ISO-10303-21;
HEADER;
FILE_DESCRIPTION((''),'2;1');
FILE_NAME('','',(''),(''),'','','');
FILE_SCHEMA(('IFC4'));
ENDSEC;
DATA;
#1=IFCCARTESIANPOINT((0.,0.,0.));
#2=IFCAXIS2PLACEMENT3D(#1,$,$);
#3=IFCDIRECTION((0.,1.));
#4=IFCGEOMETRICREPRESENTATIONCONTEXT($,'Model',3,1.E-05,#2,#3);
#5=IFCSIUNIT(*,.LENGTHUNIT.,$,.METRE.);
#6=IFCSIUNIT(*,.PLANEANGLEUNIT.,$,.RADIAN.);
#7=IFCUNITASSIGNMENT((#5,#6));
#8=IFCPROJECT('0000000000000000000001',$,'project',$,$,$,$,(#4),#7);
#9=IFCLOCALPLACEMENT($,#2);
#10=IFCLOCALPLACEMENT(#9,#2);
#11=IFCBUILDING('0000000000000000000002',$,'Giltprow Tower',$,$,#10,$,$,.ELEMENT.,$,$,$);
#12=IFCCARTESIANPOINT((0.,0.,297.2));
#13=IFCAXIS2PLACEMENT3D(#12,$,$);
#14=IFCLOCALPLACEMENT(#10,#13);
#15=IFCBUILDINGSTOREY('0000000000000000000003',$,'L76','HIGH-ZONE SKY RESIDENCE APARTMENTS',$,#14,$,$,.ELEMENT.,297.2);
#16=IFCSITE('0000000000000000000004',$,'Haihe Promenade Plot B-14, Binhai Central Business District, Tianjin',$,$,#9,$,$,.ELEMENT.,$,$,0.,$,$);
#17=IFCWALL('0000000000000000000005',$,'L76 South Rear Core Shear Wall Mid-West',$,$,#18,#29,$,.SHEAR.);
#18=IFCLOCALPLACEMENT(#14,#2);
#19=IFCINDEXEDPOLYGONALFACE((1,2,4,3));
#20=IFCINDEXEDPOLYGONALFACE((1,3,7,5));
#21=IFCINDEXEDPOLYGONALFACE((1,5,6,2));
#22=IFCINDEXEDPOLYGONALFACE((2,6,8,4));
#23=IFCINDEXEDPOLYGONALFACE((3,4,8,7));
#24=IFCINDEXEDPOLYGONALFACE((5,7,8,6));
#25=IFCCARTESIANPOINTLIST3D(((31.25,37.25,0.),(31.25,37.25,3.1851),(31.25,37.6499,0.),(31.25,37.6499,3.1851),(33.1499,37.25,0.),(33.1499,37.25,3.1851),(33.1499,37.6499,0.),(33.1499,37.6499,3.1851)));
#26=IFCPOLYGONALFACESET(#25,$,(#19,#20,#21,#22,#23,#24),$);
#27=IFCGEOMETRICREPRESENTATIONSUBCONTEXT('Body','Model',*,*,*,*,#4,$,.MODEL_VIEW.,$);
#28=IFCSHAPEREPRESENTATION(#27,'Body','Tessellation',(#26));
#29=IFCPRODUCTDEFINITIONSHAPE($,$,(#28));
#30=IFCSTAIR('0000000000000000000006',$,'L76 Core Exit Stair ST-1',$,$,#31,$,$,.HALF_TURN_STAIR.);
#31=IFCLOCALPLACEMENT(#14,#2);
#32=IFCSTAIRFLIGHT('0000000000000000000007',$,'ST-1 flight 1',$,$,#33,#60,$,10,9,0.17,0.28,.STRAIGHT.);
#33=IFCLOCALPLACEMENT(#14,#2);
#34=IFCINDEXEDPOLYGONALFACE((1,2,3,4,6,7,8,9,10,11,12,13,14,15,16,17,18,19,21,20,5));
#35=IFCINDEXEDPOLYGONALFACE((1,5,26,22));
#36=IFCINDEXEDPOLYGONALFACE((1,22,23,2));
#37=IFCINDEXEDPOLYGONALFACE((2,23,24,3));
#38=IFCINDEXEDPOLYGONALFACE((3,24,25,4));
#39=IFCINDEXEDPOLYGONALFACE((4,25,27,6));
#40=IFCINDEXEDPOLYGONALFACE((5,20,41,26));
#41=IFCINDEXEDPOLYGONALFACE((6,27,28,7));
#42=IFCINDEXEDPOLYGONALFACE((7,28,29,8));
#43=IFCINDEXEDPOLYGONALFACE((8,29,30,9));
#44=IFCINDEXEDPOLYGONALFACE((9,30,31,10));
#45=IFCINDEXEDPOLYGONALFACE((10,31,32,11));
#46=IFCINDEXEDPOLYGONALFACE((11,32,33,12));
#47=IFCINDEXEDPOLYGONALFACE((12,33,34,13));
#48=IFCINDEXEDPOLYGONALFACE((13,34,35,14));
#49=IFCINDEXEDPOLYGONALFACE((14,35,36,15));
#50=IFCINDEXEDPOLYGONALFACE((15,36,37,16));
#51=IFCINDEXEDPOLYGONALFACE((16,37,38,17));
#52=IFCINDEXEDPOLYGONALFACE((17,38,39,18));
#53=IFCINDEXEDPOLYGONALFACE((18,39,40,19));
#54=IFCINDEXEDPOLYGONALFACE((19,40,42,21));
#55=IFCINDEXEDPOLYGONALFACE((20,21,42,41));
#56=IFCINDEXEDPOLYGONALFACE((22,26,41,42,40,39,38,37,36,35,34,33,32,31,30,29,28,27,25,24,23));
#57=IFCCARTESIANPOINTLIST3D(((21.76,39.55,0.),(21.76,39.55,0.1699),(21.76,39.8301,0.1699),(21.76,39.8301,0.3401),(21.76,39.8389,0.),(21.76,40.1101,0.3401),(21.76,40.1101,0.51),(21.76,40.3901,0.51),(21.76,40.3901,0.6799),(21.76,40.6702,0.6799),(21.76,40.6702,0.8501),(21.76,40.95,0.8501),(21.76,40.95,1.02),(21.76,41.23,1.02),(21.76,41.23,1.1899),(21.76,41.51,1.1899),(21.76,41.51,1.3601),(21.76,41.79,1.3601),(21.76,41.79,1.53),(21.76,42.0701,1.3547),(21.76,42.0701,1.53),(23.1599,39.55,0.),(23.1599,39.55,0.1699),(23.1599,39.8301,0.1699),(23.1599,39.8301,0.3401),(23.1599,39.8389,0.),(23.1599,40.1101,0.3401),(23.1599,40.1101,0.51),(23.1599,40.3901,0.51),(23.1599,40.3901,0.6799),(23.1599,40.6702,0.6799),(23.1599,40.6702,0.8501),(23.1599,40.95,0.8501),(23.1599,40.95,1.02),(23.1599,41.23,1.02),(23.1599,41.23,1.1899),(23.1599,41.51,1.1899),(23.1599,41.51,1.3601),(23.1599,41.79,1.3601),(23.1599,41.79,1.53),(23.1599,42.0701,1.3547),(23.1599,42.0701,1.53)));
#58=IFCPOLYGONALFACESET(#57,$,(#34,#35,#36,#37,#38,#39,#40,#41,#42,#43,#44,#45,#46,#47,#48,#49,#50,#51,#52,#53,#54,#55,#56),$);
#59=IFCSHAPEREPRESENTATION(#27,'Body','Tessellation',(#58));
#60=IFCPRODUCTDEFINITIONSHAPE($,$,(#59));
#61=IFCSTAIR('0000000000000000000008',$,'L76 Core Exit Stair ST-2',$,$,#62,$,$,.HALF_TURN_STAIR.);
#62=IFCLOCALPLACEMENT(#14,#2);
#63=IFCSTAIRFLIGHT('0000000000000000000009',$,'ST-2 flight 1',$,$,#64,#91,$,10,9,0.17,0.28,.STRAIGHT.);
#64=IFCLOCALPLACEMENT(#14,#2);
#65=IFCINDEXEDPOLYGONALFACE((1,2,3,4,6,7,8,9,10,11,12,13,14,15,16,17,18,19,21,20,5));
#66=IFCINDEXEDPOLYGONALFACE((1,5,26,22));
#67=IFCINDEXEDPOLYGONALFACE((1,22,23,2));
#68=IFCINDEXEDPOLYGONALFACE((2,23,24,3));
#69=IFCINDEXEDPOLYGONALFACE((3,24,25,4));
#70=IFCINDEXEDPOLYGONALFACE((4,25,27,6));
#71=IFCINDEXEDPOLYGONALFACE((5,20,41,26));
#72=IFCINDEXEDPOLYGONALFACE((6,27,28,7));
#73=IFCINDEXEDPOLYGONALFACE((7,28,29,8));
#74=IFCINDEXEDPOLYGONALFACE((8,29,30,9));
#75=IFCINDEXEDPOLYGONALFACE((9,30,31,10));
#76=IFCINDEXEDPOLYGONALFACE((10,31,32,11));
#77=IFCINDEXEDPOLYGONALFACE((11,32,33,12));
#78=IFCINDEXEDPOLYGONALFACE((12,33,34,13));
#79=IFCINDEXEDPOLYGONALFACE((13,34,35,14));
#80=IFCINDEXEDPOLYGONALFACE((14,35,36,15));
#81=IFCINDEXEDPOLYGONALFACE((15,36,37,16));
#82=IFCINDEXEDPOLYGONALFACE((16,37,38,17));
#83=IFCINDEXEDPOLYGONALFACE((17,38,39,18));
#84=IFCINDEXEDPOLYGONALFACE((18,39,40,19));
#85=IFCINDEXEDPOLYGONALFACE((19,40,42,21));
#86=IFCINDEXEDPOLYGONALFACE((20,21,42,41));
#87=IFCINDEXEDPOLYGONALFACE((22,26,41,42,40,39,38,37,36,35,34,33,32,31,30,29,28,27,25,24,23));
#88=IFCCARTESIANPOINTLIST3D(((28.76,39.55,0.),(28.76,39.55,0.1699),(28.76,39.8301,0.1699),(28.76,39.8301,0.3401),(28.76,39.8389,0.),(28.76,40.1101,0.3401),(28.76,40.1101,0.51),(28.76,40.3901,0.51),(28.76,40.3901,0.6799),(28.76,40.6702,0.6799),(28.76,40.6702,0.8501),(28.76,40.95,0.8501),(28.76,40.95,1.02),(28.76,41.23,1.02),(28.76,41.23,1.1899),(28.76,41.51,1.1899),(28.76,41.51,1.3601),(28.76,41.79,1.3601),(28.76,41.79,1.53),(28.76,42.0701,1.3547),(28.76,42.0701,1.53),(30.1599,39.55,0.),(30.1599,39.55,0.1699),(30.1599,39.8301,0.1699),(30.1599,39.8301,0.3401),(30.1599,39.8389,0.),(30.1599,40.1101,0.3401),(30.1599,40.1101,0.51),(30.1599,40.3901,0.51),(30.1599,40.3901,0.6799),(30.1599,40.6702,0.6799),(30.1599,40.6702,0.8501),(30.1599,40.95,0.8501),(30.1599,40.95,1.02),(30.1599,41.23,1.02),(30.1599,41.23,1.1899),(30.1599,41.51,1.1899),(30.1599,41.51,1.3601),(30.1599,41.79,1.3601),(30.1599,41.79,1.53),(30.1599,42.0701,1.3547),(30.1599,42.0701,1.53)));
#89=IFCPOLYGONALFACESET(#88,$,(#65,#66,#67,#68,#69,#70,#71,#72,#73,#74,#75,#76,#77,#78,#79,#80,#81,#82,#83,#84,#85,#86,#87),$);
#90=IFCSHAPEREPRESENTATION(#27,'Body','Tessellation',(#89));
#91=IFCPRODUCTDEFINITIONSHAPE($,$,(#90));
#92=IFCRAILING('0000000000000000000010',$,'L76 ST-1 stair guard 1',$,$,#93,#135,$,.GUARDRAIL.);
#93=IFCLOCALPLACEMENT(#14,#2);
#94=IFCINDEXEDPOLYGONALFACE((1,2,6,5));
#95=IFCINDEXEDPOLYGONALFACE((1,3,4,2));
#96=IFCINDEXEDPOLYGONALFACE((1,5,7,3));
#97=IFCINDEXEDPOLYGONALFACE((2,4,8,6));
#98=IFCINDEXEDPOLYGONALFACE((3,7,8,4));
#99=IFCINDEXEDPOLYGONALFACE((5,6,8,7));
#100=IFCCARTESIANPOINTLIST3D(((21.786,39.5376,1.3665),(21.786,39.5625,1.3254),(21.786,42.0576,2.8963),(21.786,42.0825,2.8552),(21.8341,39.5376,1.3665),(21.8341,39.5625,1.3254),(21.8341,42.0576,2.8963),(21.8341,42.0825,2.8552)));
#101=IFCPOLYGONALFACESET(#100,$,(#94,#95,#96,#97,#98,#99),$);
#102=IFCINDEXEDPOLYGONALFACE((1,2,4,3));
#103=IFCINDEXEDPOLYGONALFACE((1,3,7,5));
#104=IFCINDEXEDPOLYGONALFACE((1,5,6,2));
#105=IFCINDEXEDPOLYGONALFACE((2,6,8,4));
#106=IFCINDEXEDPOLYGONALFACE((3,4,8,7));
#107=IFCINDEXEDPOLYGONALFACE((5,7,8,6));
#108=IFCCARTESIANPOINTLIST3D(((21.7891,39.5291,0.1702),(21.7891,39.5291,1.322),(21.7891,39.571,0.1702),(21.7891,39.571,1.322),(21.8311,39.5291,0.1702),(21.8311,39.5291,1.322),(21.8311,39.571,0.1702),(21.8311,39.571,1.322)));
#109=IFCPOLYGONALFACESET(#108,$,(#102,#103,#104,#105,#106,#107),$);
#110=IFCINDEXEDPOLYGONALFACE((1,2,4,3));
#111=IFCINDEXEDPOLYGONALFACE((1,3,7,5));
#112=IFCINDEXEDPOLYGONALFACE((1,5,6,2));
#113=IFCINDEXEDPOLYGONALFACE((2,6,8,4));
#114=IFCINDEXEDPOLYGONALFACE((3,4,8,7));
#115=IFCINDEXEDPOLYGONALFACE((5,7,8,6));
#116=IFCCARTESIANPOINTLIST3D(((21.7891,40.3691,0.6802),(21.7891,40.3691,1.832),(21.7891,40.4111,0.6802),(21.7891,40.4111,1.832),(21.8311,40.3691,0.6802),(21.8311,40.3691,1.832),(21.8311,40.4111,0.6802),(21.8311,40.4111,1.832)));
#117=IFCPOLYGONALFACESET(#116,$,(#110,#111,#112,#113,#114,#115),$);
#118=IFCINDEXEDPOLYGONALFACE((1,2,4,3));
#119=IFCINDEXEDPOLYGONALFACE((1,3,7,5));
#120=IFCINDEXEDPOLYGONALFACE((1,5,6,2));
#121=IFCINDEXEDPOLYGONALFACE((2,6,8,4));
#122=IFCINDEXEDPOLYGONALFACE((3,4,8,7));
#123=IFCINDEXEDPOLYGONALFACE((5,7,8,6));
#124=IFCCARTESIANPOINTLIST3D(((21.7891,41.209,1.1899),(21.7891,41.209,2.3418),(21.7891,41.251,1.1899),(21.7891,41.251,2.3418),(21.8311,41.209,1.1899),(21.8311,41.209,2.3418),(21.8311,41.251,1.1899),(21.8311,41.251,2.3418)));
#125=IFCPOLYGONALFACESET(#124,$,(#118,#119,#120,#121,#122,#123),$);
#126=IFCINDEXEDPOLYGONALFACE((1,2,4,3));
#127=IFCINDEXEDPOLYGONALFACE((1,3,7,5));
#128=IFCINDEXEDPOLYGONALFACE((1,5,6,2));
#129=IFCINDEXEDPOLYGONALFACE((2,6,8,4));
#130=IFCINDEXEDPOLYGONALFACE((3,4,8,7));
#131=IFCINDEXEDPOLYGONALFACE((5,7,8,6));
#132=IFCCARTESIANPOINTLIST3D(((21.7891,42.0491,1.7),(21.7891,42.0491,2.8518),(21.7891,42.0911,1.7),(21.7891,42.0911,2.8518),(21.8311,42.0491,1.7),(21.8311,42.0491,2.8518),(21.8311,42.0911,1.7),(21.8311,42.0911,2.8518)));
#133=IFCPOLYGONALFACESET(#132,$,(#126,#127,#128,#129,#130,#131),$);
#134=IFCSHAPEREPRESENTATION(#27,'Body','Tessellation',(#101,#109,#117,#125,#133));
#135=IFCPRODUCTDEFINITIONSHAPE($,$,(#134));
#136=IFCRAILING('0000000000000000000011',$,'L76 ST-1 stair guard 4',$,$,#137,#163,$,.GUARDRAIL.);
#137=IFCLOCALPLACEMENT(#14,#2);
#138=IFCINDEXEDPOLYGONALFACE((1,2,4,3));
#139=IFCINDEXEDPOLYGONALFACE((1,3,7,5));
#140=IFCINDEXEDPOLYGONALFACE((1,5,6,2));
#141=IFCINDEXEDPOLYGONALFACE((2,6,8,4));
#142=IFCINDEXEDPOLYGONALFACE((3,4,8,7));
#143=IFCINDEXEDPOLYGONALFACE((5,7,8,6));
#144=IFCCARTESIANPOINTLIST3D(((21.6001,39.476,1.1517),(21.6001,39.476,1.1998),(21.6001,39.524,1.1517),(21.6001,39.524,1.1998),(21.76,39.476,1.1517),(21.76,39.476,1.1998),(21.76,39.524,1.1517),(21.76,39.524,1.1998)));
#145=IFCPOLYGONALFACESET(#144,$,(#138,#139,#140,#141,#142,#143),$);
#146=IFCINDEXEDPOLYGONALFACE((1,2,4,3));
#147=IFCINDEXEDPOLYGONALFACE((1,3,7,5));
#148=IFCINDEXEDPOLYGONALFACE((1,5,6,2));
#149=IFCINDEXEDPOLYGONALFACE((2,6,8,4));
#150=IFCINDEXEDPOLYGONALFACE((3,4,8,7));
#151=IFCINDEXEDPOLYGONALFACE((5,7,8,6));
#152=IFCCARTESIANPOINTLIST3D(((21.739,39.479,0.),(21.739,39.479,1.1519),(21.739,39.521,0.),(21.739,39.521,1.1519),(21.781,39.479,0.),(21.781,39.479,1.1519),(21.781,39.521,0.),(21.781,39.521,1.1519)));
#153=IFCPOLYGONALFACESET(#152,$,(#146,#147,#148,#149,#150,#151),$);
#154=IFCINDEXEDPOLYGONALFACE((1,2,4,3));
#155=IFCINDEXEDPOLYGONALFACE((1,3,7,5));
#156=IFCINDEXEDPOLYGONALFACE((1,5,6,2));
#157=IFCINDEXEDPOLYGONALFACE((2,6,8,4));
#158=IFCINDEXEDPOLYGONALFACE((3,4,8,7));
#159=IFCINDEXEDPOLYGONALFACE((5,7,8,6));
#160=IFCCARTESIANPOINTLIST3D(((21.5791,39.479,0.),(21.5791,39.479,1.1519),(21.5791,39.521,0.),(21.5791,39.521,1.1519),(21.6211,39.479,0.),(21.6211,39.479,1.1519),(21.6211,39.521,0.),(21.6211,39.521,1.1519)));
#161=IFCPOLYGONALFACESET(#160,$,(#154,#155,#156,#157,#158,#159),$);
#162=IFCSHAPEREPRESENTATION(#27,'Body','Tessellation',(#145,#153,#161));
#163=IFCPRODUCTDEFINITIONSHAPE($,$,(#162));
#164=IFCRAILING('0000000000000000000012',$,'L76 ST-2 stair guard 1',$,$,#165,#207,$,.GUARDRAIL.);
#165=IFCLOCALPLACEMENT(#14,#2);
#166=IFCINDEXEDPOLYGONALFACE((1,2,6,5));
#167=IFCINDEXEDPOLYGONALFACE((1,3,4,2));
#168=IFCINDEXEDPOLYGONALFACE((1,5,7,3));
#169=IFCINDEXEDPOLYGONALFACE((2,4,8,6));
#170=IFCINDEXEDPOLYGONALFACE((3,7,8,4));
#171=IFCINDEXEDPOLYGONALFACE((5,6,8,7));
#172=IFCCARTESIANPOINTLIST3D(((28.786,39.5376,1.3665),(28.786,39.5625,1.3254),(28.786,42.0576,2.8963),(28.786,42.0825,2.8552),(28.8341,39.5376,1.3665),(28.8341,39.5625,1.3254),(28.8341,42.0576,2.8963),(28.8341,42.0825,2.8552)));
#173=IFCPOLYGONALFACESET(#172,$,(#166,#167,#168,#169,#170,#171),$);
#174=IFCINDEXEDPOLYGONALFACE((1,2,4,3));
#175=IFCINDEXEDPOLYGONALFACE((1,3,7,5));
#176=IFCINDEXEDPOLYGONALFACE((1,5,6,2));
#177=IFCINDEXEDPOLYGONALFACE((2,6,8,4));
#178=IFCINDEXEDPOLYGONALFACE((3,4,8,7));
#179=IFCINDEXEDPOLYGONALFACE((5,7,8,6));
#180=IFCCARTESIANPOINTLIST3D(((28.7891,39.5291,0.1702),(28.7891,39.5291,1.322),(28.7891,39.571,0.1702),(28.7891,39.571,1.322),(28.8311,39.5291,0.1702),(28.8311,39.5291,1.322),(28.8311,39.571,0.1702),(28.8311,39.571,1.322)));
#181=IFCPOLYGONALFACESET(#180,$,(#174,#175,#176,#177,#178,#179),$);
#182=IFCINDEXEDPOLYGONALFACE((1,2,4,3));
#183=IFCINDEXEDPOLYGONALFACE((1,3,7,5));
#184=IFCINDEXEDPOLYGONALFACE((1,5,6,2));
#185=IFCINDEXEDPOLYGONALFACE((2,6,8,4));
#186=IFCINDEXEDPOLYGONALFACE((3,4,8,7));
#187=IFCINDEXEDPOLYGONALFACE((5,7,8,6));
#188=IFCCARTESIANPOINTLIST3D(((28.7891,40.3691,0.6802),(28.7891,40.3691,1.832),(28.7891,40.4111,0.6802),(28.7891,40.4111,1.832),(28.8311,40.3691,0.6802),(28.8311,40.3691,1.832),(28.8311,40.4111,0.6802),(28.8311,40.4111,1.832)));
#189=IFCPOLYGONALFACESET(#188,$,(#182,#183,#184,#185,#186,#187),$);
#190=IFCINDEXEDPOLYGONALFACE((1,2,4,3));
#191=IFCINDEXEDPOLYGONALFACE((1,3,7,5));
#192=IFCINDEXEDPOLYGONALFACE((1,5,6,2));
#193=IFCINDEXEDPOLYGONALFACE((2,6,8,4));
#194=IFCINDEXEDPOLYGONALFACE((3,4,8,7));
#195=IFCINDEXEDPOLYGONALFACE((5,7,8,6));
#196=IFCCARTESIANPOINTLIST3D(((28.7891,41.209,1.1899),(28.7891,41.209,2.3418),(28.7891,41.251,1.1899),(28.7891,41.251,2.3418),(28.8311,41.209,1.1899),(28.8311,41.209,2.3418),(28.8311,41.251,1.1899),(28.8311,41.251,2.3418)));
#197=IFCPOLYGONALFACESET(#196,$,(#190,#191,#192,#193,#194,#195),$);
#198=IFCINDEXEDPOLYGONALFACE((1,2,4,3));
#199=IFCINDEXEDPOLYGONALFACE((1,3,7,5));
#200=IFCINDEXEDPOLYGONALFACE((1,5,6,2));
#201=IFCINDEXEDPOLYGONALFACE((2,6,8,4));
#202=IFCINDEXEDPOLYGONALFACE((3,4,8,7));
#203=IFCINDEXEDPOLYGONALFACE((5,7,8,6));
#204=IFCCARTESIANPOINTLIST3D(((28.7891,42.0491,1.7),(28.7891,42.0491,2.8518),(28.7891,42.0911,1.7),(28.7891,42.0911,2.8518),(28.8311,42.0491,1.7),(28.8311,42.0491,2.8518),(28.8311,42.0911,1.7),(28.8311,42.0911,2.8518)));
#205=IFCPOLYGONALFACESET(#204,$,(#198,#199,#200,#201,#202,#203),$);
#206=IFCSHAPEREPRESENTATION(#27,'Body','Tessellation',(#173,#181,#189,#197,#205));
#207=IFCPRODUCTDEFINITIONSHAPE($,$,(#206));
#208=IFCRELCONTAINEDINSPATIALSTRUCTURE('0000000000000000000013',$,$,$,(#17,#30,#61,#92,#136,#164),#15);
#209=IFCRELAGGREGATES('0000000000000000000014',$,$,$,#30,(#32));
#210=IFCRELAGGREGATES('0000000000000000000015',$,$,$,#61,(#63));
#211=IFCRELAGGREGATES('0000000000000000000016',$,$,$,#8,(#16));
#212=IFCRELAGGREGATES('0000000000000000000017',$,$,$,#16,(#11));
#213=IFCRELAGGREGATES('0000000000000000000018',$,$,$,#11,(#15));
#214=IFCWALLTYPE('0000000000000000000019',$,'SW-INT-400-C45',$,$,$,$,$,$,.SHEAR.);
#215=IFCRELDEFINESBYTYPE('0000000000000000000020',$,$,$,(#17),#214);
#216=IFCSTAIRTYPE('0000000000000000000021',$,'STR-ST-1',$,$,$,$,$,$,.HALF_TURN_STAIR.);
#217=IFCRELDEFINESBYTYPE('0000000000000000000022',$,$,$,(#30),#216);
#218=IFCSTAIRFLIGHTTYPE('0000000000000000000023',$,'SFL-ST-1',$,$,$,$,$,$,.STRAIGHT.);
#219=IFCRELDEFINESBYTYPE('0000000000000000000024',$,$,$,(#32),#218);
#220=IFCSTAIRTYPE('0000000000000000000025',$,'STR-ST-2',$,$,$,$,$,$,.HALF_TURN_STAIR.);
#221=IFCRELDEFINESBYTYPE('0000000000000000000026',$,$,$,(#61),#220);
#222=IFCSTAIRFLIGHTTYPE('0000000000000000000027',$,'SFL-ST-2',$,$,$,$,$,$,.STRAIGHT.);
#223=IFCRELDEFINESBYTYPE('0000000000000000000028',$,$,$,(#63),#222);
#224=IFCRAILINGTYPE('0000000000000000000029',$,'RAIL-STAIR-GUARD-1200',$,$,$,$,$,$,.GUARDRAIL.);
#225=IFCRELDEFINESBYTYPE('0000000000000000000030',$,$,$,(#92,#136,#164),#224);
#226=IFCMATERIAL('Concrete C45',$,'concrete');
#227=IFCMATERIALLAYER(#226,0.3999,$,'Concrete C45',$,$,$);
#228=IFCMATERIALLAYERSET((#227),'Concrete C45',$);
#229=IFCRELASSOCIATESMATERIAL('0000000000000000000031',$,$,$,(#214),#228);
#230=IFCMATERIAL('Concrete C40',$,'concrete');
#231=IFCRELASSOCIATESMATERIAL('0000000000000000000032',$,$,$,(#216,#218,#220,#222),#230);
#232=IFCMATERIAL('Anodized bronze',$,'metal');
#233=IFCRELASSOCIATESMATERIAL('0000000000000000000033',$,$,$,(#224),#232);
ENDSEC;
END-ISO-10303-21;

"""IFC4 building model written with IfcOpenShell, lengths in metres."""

from ifc_helpers import new_model, si_unit, direction, frame, frame_2d, origin, origin_2d, place, context, subcontext, project, spatial, polyline, rectangle, outline, extrude, material, layer, layer_set, type_object, element, aggregate, save


model = new_model("IFC4")

# Units and contexts
model_context = context("Model", 3, precision=1e-05, world=origin(), true_north=direction((0.0, 1.0)))
body_context = subcontext(model_context, "Body", "Model", "MODEL_VIEW")
ifc_project = project(units=[si_unit("LENGTHUNIT", "METRE"), si_unit("PLANEANGLEUNIT", "RADIAN")], contexts=[model_context])

# Site, building, storey
site_placement = place(None, origin())
site = spatial("IfcSite", under=ifc_project, at=site_placement, Name="Haihe Promenade Plot B-14, Binhai Central Business District, Tianjin", CompositionType="ELEMENT", RefElevation=0.0)
building_placement = place(site_placement, origin())
building = spatial("IfcBuilding", under=site, at=building_placement, Name="Giltprow Tower", CompositionType="ELEMENT")
storey_placement = place(building_placement, frame((0.0, 0.0, 297.2)))
storey = spatial("IfcBuildingStorey", under=building, at=storey_placement, Name="L76", Description="HIGH-ZONE SKY RESIDENCE APARTMENTS", CompositionType="ELEMENT", Elevation=297.2)

# Shared definitions
ifc_material_1 = material(Name="Concrete C45", Category="concrete")

# Shared definitions
ifc_material_2 = material(Name="Concrete C40", Category="concrete")

# Wall
ifc_layer_1 = layer(ifc_material_1, 0.3999, Name="Concrete C45")
ifc_layer_set_1 = layer_set([ifc_layer_1], Name="Concrete C45")
wall_type_1 = type_object("IfcWallType", Name="SW-INT-400-C45", PredefinedType="SHEAR", material=ifc_layer_set_1)
wall_1_placement = place(storey_placement, frame((31.25, 37.45, 0.0), z_axis=(0.0, 0.0, 1.0), x_axis=(1.0, 0.0, 0.0)))
element("IfcWall", 1, at=wall_1_placement, inside=storey, type_object=wall_type_1, Name="L76 South Rear Core Shear Wall Mid-West", PredefinedType="SHEAR", context=body_context, shape_type="SweptSolid", body=[
    extrude(rectangle(XDim=1.8999, YDim=0.3999, at=frame_2d((0.95, 0.0))), origin(), (0.0, 0.0, 1.0), 3.1851),
])

# Stairs, stair flights
stair_type_1 = type_object("IfcStairType", Name="STR-ST-1", PredefinedType="HALF_TURN_STAIR", material=ifc_material_2)
stair_1_placement = place(storey_placement, origin())
stair_1 = element("IfcStair", 2, at=stair_1_placement, inside=storey, type_object=stair_type_1, Name="L76 Core Exit Stair ST-1", PredefinedType="HALF_TURN_STAIR")
stair_flight_type_1 = type_object("IfcStairFlightType", Name="SFL-ST-1", PredefinedType="STRAIGHT", material=ifc_material_2)
stair_flight_1_placement = place(storey_placement, frame((22.46, 39.55, 0.0), z_axis=(0.0, 0.0, 1.0), x_axis=(0.0, 1.0, 0.0)))
stair_flight_1 = element("IfcStairFlight", 3, at=stair_flight_1_placement, type_object=stair_flight_type_1, Name="ST-1 flight 1", NumberOfRisers=10, NumberOfTreads=9, PredefinedType="STRAIGHT", RiserHeight=0.17, TreadLength=0.28, context=body_context, shape_type="SweptSolid", body=[
    extrude(outline(polyline([(0.0, 0.0), (0.0, 0.1699), (0.28, 0.1699), (0.28, 0.3401), (0.5601, 0.3401), (0.5601, 0.51), (0.8401, 0.51), (0.8401, 0.6799), (1.1201, 0.6799), (1.1201, 0.8501), (1.3999, 0.8501), (1.3999, 1.02), (1.6799, 1.02), (1.6799, 1.1899), (1.96, 1.1899), (1.96, 1.3601), (2.24, 1.3601), (2.24, 1.53), (2.52, 1.53), (2.52, 1.7), (2.52, 1.3547), (0.2888, 0.0), (0.0, 0.0)])), frame((0.0, 0.7, 0.0), z_axis=(0.0, -1.0, 0.0), x_axis=(1.0, 0.0, 0.0)), (0.0, 0.0, 1.0), 1.3999),
])
aggregate(stair_1, [stair_flight_1])
stair_type_2 = type_object("IfcStairType", Name="STR-ST-2", PredefinedType="HALF_TURN_STAIR", material=ifc_material_2)
stair_2_placement = place(storey_placement, origin())
stair_2 = element("IfcStair", 4, at=stair_2_placement, inside=storey, type_object=stair_type_2, Name="L76 Core Exit Stair ST-2", PredefinedType="HALF_TURN_STAIR")
stair_flight_type_2 = type_object("IfcStairFlightType", Name="SFL-ST-2", PredefinedType="STRAIGHT", material=ifc_material_2)
stair_flight_2_placement = place(storey_placement, frame((29.46, 39.55, 0.0), z_axis=(0.0, 0.0, 1.0), x_axis=(0.0, 1.0, 0.0)))
stair_flight_2 = element("IfcStairFlight", 5, at=stair_flight_2_placement, type_object=stair_flight_type_2, Name="ST-2 flight 1", NumberOfRisers=10, NumberOfTreads=9, PredefinedType="STRAIGHT", RiserHeight=0.17, TreadLength=0.28, context=body_context, shape_type="SweptSolid", body=[
    extrude(outline(polyline([(0.0, 0.0), (0.0, 0.1699), (0.28, 0.1699), (0.28, 0.3401), (0.5601, 0.3401), (0.5601, 0.51), (0.8401, 0.51), (0.8401, 0.6799), (1.1201, 0.6799), (1.1201, 0.8501), (1.3999, 0.8501), (1.3999, 1.02), (1.6799, 1.02), (1.6799, 1.1899), (1.96, 1.1899), (1.96, 1.3601), (2.24, 1.3601), (2.24, 1.53), (2.52, 1.53), (2.52, 1.7), (2.52, 1.3547), (0.2888, 0.0), (0.0, 0.0)])), frame((0.0, 0.7, 0.0), z_axis=(0.0, -1.0, 0.0), x_axis=(1.0, 0.0, 0.0)), (0.0, 0.0, 1.0), 1.3999),
])
aggregate(stair_2, [stair_flight_2])

# Railings
ifc_material_3 = material(Name="Anodized bronze", Category="metal")
railing_type_1 = type_object("IfcRailingType", Name="RAIL-STAIR-GUARD-1200", PredefinedType="GUARDRAIL", material=ifc_material_3)
railing_1_placement = place(storey_placement, frame((21.8101, 39.55, 0.1702)))
element("IfcRailing", 6, at=railing_1_placement, inside=storey, type_object=railing_type_1, Name="L76 ST-1 stair guard 1", PredefinedType="GUARDRAIL", context=body_context, shape_type="SweptSolid", body=[
    extrude(rectangle(XDim=0.0481, YDim=0.0481, at=origin_2d()), frame((0.0, 0.0, 1.1758), z_axis=(0.0, 0.854822, 0.518922), x_axis=(-1.0, 0.0, 0.0)), (0.0, 0.0, 1.0), 2.948),
    extrude(rectangle(XDim=0.042, YDim=0.042, at=origin_2d()), origin(), (0.0, 0.0, 1.0), 1.1519),
    extrude(rectangle(XDim=0.042, YDim=0.042, at=origin_2d()), frame((0.0, 0.8401, 0.51)), (0.0, 0.0, 1.0), 1.1519),
    extrude(rectangle(XDim=0.042, YDim=0.042, at=origin_2d()), frame((0.0, 1.6799, 1.0198)), (0.0, 0.0, 1.0), 1.1519),
    extrude(rectangle(XDim=0.042, YDim=0.042, at=origin_2d()), frame((0.0, 2.52, 1.5298)), (0.0, 0.0, 1.0), 1.1519),
])
railing_2_placement = place(storey_placement, frame((21.76, 39.5, 0.0)))
element("IfcRailing", 7, at=railing_2_placement, inside=storey, type_object=railing_type_1, Name="L76 ST-1 stair guard 4", PredefinedType="GUARDRAIL", context=body_context, shape_type="SweptSolid", body=[
    extrude(rectangle(XDim=0.0481, YDim=0.0481, at=origin_2d()), frame((0.0, 0.0, 1.1758), z_axis=(-1.0, 0.0, 0.0), x_axis=(0.0, -1.0, 0.0)), (0.0, 0.0, 1.0), 0.1599),
    extrude(rectangle(XDim=0.042, YDim=0.042, at=origin_2d()), origin(), (0.0, 0.0, 1.0), 1.1519),
    extrude(rectangle(XDim=0.042, YDim=0.042, at=origin_2d()), frame((-0.1599, 0.0, 0.0)), (0.0, 0.0, 1.0), 1.1519),
])
railing_3_placement = place(storey_placement, frame((28.8101, 39.55, 0.1702)))
element("IfcRailing", 8, at=railing_3_placement, inside=storey, type_object=railing_type_1, Name="L76 ST-2 stair guard 1", PredefinedType="GUARDRAIL", context=body_context, shape_type="SweptSolid", body=[
    extrude(rectangle(XDim=0.0481, YDim=0.0481, at=origin_2d()), frame((0.0, 0.0, 1.1758), z_axis=(0.0, 0.854822, 0.518922), x_axis=(-1.0, 0.0, 0.0)), (0.0, 0.0, 1.0), 2.948),
    extrude(rectangle(XDim=0.042, YDim=0.042, at=origin_2d()), origin(), (0.0, 0.0, 1.0), 1.1519),
    extrude(rectangle(XDim=0.042, YDim=0.042, at=origin_2d()), frame((0.0, 0.8401, 0.51)), (0.0, 0.0, 1.0), 1.1519),
    extrude(rectangle(XDim=0.042, YDim=0.042, at=origin_2d()), frame((0.0, 1.6799, 1.0198)), (0.0, 0.0, 1.0), 1.1519),
    extrude(rectangle(XDim=0.042, YDim=0.042, at=origin_2d()), frame((0.0, 2.52, 1.5298)), (0.0, 0.0, 1.0), 1.1519),
])

save(model, "model.ifc")
